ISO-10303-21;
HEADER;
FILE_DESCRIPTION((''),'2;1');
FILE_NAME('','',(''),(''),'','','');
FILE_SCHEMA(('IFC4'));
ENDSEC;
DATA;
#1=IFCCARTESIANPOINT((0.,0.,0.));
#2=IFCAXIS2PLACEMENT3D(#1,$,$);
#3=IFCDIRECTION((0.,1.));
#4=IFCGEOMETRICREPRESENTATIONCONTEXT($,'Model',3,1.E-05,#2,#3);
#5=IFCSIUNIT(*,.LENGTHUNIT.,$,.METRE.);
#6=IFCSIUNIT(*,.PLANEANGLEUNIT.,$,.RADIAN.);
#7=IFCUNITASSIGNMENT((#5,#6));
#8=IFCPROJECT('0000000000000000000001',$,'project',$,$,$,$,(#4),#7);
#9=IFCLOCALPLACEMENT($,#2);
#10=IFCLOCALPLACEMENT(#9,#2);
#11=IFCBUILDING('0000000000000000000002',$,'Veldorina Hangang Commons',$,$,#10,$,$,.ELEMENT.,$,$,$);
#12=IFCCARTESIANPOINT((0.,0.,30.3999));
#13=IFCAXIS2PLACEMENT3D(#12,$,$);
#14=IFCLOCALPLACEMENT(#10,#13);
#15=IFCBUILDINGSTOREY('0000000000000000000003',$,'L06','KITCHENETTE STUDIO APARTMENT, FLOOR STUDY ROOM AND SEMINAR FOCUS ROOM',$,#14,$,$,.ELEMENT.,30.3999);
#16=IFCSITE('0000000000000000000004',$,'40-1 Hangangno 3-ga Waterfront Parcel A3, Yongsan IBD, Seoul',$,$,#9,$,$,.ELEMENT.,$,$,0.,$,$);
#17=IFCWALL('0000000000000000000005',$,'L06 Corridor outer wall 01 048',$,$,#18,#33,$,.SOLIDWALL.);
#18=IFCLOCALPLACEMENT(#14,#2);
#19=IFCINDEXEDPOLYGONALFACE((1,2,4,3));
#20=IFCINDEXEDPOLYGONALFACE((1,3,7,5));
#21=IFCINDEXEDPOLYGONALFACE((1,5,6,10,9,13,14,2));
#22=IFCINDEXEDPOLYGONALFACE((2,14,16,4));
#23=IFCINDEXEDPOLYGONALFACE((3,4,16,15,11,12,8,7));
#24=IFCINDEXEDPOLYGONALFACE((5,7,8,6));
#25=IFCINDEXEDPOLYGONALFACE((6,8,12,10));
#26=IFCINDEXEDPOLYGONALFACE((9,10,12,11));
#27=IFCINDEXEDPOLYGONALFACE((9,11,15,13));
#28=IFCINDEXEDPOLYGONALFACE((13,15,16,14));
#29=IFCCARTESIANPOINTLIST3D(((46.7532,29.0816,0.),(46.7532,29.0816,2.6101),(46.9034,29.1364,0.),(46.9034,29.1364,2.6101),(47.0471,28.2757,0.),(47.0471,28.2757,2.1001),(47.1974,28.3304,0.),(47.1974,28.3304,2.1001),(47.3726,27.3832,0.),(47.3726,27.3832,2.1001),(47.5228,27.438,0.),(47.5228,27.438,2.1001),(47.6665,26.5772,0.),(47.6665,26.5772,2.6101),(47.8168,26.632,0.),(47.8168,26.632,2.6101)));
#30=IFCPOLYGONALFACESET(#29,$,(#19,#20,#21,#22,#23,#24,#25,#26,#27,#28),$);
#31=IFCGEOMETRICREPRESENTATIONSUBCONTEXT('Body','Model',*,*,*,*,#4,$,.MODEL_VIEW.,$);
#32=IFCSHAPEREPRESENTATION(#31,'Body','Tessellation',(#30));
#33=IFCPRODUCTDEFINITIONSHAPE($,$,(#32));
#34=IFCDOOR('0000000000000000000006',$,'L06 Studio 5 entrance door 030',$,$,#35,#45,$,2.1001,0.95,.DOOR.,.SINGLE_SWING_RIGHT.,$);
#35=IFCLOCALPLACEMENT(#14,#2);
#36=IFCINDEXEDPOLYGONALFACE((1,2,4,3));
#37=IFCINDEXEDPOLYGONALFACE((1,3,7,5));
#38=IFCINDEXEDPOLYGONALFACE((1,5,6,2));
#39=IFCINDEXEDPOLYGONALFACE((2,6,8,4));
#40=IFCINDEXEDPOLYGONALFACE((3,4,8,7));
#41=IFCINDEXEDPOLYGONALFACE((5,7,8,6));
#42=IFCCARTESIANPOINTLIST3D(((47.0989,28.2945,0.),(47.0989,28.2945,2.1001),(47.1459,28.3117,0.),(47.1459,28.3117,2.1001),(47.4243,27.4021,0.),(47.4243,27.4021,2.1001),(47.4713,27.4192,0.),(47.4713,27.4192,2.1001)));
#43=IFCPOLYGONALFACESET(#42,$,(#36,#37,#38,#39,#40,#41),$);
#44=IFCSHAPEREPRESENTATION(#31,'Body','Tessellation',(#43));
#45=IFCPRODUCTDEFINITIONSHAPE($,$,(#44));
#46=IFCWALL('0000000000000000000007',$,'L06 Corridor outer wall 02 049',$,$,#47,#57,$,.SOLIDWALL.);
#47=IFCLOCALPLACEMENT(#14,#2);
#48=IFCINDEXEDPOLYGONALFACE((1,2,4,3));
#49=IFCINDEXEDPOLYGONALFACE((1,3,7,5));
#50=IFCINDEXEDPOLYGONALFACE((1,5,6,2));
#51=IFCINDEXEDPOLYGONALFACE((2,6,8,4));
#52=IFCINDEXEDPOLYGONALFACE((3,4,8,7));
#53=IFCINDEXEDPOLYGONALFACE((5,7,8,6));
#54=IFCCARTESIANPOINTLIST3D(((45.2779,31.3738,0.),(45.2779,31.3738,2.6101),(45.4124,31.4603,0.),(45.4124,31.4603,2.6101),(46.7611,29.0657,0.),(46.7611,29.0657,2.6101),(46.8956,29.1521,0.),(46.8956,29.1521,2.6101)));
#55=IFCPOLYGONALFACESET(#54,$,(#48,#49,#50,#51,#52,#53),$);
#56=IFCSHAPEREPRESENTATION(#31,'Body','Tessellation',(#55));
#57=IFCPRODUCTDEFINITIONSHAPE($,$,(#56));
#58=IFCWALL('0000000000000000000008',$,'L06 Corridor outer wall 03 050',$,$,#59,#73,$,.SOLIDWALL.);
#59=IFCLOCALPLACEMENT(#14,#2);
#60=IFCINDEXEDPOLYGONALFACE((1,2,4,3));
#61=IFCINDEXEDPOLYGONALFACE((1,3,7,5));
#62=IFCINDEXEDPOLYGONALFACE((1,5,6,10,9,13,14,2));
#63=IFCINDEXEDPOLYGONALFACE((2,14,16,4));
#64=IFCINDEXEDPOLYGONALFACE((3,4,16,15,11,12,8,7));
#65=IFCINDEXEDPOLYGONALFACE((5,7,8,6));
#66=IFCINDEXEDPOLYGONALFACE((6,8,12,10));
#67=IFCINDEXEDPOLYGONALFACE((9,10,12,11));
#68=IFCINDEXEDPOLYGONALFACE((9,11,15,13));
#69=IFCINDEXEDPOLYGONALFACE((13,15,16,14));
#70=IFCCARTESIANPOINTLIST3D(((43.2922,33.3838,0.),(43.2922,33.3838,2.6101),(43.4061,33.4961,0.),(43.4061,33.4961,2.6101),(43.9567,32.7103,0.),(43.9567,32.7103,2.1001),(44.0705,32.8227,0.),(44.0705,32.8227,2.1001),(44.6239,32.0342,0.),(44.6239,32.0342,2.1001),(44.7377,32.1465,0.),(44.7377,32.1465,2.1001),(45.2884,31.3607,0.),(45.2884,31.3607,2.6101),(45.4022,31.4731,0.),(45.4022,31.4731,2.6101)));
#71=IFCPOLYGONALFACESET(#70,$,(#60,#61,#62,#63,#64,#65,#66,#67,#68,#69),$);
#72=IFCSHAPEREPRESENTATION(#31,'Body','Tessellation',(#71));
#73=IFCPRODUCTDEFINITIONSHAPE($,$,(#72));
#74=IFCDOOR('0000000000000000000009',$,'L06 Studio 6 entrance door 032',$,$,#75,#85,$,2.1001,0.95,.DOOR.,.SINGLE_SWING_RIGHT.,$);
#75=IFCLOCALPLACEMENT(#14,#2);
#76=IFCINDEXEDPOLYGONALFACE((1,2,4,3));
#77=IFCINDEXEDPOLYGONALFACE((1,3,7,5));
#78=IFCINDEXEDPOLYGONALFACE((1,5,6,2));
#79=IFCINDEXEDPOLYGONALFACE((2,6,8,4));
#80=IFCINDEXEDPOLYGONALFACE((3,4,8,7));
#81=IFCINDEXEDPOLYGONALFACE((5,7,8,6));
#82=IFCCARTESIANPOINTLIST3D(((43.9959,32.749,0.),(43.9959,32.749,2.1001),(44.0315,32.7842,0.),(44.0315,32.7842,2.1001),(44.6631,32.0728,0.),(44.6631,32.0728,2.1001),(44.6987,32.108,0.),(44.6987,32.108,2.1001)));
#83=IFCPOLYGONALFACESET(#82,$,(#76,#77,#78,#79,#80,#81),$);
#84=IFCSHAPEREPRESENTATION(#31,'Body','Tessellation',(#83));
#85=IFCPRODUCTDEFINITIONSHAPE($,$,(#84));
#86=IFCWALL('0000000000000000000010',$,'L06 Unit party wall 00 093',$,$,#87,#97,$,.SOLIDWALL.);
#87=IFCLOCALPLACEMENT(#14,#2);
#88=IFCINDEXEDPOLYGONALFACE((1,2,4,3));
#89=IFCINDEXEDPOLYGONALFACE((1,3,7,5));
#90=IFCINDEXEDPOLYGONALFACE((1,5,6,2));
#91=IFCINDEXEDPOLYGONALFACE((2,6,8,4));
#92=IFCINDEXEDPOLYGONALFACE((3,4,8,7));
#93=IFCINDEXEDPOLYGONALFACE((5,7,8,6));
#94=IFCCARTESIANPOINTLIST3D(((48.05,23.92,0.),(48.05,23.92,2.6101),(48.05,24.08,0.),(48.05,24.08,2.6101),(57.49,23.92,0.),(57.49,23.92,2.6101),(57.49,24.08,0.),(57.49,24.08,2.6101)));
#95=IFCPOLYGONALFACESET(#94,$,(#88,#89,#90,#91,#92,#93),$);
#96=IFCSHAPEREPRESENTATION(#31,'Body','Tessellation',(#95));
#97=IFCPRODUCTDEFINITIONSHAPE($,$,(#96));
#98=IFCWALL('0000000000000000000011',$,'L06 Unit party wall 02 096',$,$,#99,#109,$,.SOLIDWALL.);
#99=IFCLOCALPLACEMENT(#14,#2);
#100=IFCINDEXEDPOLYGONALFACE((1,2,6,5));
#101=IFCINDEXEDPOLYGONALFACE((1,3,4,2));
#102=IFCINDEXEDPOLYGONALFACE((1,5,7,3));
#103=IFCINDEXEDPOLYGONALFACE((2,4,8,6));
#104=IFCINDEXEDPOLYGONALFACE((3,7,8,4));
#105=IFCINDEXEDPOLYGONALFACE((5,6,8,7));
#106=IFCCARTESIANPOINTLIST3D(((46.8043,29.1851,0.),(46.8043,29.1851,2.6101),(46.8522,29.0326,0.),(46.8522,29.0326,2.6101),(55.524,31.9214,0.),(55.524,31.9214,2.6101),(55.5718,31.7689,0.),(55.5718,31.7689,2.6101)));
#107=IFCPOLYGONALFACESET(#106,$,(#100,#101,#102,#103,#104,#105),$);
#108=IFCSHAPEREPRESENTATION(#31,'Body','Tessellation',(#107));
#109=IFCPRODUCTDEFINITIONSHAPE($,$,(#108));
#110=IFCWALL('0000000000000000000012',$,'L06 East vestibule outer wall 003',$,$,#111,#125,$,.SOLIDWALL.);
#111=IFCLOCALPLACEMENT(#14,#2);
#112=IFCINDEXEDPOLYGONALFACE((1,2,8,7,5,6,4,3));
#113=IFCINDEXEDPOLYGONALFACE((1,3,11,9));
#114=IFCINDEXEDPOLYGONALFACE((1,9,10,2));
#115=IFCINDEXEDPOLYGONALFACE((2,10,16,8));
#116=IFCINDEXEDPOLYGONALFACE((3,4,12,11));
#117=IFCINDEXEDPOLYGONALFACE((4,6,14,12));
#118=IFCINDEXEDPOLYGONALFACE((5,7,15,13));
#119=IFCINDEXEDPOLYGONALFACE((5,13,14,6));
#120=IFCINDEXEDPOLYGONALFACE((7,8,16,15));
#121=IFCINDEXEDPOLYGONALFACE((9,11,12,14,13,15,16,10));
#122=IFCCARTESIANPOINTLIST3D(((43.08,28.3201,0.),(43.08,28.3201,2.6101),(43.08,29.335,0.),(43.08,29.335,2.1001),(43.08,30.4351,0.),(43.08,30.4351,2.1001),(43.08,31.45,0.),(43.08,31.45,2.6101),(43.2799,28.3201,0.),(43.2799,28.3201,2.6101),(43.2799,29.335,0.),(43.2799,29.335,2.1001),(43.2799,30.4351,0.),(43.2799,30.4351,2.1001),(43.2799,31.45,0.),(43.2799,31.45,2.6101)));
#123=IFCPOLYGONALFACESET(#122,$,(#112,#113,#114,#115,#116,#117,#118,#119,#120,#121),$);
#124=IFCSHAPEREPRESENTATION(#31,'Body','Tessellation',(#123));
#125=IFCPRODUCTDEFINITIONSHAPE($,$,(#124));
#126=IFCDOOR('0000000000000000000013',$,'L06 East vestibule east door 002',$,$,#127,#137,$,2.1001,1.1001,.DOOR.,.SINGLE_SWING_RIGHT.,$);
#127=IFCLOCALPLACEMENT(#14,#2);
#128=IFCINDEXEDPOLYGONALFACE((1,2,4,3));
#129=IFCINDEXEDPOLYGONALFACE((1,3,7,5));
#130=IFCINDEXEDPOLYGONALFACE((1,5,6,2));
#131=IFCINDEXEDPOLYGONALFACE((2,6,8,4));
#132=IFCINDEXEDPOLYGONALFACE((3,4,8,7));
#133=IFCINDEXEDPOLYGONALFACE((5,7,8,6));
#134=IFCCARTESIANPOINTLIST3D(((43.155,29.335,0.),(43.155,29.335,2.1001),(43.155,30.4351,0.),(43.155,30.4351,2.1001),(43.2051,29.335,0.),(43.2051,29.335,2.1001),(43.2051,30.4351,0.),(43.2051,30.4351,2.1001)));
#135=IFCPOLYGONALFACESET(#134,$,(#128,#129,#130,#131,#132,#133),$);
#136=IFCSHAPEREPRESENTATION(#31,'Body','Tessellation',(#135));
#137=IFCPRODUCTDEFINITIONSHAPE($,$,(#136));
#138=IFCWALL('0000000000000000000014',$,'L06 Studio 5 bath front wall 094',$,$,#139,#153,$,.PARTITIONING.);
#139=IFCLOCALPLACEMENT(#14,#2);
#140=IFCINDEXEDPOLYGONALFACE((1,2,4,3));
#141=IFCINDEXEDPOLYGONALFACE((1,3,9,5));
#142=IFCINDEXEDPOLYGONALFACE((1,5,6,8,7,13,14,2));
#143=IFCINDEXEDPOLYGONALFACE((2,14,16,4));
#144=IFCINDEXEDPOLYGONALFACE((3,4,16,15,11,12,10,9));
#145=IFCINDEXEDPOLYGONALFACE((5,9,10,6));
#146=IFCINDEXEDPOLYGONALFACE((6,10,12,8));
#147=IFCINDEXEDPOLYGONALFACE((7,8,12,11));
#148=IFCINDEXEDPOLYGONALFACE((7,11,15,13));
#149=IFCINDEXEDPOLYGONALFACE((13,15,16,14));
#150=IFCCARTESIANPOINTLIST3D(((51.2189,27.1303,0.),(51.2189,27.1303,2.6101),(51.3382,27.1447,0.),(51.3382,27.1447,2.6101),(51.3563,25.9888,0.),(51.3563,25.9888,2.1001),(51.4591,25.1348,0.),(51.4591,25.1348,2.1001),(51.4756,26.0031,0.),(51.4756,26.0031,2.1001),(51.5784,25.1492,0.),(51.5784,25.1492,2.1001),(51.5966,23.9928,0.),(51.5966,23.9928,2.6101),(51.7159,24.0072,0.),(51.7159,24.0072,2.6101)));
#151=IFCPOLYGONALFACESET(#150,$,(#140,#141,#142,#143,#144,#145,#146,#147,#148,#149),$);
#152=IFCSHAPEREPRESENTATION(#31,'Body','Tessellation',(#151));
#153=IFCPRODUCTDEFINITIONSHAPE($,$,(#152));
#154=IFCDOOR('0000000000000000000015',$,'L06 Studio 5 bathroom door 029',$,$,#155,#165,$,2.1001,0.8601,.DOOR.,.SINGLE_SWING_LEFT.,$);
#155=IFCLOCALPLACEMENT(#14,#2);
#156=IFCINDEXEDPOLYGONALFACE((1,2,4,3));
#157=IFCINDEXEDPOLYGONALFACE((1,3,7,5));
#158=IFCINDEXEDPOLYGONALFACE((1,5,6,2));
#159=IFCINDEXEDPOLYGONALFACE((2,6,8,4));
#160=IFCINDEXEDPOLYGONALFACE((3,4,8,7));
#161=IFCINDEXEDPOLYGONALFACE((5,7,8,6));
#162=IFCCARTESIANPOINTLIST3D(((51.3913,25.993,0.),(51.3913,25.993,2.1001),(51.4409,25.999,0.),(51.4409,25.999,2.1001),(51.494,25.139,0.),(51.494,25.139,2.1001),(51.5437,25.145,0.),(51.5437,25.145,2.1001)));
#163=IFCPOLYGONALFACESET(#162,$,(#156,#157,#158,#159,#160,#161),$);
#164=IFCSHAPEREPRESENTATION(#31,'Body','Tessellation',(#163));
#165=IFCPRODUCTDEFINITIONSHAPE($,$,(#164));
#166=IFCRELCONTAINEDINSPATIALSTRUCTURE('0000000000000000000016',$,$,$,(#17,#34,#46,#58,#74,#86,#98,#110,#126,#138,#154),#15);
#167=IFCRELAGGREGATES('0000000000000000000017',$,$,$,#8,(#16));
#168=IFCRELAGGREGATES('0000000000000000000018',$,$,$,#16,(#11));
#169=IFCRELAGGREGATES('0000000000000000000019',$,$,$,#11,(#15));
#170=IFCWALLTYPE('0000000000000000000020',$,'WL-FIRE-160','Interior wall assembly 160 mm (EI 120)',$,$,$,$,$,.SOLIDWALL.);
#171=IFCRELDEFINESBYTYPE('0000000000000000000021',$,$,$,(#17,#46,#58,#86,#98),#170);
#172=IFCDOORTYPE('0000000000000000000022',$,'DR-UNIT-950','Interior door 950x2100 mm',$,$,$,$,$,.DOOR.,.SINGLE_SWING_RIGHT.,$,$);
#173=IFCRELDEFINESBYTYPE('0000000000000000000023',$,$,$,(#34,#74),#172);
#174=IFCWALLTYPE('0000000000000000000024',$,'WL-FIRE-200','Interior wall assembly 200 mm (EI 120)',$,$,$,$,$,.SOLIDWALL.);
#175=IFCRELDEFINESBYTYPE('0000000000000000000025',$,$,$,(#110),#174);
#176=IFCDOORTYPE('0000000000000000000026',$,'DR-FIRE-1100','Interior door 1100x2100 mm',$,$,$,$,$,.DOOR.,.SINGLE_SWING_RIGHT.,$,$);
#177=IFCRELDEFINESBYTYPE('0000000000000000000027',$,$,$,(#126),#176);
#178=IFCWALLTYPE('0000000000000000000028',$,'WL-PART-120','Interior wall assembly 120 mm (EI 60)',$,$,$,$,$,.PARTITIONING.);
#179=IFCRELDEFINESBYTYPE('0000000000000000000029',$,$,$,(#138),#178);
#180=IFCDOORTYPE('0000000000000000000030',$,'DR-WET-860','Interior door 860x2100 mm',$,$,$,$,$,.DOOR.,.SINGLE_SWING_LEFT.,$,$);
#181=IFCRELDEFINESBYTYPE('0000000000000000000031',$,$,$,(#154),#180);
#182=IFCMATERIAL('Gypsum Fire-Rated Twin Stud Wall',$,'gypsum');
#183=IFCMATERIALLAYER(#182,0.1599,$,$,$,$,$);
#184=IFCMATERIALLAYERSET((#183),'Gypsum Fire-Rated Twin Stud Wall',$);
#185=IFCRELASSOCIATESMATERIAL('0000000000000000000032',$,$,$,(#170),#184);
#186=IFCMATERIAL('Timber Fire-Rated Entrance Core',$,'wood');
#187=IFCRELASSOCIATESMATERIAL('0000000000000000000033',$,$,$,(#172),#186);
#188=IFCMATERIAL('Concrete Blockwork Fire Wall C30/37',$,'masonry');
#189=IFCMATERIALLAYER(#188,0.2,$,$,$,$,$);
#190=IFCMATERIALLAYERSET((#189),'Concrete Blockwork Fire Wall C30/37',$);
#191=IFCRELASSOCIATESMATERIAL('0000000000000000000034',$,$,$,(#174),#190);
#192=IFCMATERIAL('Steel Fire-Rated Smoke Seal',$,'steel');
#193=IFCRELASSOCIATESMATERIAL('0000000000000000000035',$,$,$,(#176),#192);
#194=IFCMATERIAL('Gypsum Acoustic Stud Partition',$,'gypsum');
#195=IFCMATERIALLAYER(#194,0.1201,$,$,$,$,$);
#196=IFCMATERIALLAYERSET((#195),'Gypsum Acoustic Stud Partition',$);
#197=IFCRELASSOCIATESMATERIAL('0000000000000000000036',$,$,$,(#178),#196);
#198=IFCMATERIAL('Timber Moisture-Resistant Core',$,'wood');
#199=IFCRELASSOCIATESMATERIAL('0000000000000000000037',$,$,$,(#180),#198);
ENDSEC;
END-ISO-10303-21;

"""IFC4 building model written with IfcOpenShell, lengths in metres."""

from ifc_helpers import new_model, si_unit, direction, frame, frame_2d, origin, place, context, subcontext, project, spatial, rectangle, extrude, material, layer, layer_set, type_object, element, fill, save


model = new_model("IFC4")

# Units and contexts
model_context = context("Model", 3, precision=1e-05, world=origin(), true_north=direction((0.0, 1.0)))
body_context = subcontext(model_context, "Body", "Model", "MODEL_VIEW")
ifc_project = project(units=[si_unit("LENGTHUNIT", "METRE"), si_unit("PLANEANGLEUNIT", "RADIAN")], contexts=[model_context])

# Site, building, storey
site_placement = place(None, origin())
site = spatial("IfcSite", under=ifc_project, at=site_placement, Name="40-1 Hangangno 3-ga Waterfront Parcel A3, Yongsan IBD, Seoul", CompositionType="ELEMENT", RefElevation=0.0)
building_placement = place(site_placement, origin())
building = spatial("IfcBuilding", under=site, at=building_placement, Name="Veldorina Hangang Commons", CompositionType="ELEMENT")
storey_placement = place(building_placement, frame((0.0, 0.0, 30.3999)))
storey = spatial("IfcBuildingStorey", under=building, at=storey_placement, Name="L06", Description="KITCHENETTE STUDIO APARTMENT, FLOOR STUDY ROOM AND SEMINAR FOCUS ROOM", CompositionType="ELEMENT", Elevation=30.3999)

# Shared definitions
ifc_material_1 = material(Name="Gypsum Fire-Rated Twin Stud Wall", Category="gypsum")
ifc_layer_1 = layer(ifc_material_1, 0.1599)
ifc_layer_set_1 = layer_set([ifc_layer_1], Name="Gypsum Fire-Rated Twin Stud Wall")
wall_type_1 = type_object("IfcWallType", Name="WL-FIRE-160", Description="Interior wall assembly 160 mm (EI 120)", PredefinedType="SOLIDWALL", material=ifc_layer_set_1)

# Wall, opening, door
wall_1_placement = place(storey_placement, frame((47.7417, 26.6045, 0.0), z_axis=(0.0, 0.0, 1.0), x_axis=(-0.342618, 0.939475, 0.0)))
wall_1 = element("IfcWall", 1, at=wall_1_placement, inside=storey, type_object=wall_type_1, Name="L06 Corridor outer wall 01 048", PredefinedType="SOLIDWALL", context=body_context, shape_type="SweptSolid", body=[
    extrude(rectangle(XDim=2.6658, YDim=0.1599, at=frame_2d((1.333, 0.0))), origin(), (0.0, 0.0, 1.0), 2.6101),
])
opening_1_placement = place(wall_1_placement, frame((0.8579, 0.0, 0.0)))
opening_1 = element("IfcOpeningElement", 2, at=opening_1_placement, cuts=wall_1, PredefinedType="OPENING", context=body_context, shape_type="SweptSolid", body=[
    extrude(rectangle(XDim=0.95, YDim=2.1001, at=frame_2d((0.4751, 1.05))), frame((0.0, 0.0898, 0.0), z_axis=(0.0, -1.0, 0.0), x_axis=(1.0, 0.0, 0.0)), (0.0, 0.0, 1.0), 0.1799),
])
ifc_material_2 = material(Name="Timber Fire-Rated Entrance Core", Category="wood")
door_type_1 = type_object("IfcDoorType", Name="DR-UNIT-950", Description="Interior door 950x2100 mm", OperationType="SINGLE_SWING_RIGHT", PredefinedType="DOOR", material=ifc_material_2)
door_1_placement = place(opening_1_placement, origin())
door_1 = element("IfcDoor", 3, at=door_1_placement, inside=storey, type_object=door_type_1, Name="L06 Studio 5 entrance door 030", OperationType="SINGLE_SWING_RIGHT", OverallHeight=2.1001, OverallWidth=0.95, PredefinedType="DOOR", context=body_context, shape_type="SweptSolid", body=[
    extrude(rectangle(XDim=0.95, YDim=2.1001, at=frame_2d((0.4751, 1.05))), frame((0.0, 0.0249, 0.0), z_axis=(0.0, -1.0, 0.0), x_axis=(1.0, 0.0, 0.0)), (0.0, 0.0, 1.0), 0.05),
])
fill(opening_1, door_1)

# Wall
wall_2_placement = place(storey_placement, frame((46.8284, 29.1089, 0.0), z_axis=(0.0, 0.0, 1.0), x_axis=(-0.540596, 0.841283, 0.0)))
element("IfcWall", 4, at=wall_2_placement, inside=storey, type_object=wall_type_1, Name="L06 Corridor outer wall 02 049", PredefinedType="SOLIDWALL", context=body_context, shape_type="SweptSolid", body=[
    extrude(rectangle(XDim=2.7437, YDim=0.1599, at=frame_2d((1.3718, 0.0))), origin(), (0.0, 0.0, 1.0), 2.6101),
])

# Wall, opening, door
wall_3_placement = place(storey_placement, frame((45.3452, 31.417, 0.0), z_axis=(0.0, 0.0, 1.0), x_axis=(-0.702366, 0.711816, 0.0)))
wall_3 = element("IfcWall", 5, at=wall_3_placement, inside=storey, type_object=wall_type_1, Name="L06 Corridor outer wall 03 050", PredefinedType="SOLIDWALL", context=body_context, shape_type="SweptSolid", body=[
    extrude(rectangle(XDim=2.842, YDim=0.1599, at=frame_2d((1.4209, 0.0))), origin(), (0.0, 0.0, 1.0), 2.6101),
])
opening_2_placement = place(wall_3_placement, frame((0.9458, 0.0, 0.0)))
opening_2 = element("IfcOpeningElement", 6, at=opening_2_placement, cuts=wall_3, PredefinedType="OPENING", context=body_context, shape_type="SweptSolid", body=[
    extrude(rectangle(XDim=0.95, YDim=2.1001, at=frame_2d((0.4751, 1.05))), frame((0.0, 0.0898, 0.0), z_axis=(0.0, -1.0, 0.0), x_axis=(1.0, 0.0, 0.0)), (0.0, 0.0, 1.0), 0.1799),
])
door_2_placement = place(opening_2_placement, origin())
door_2 = element("IfcDoor", 7, at=door_2_placement, inside=storey, type_object=door_type_1, Name="L06 Studio 6 entrance door 032", OperationType="SINGLE_SWING_RIGHT", OverallHeight=2.1001, OverallWidth=0.95, PredefinedType="DOOR", context=body_context, shape_type="SweptSolid", body=[
    extrude(rectangle(XDim=0.95, YDim=2.1001, at=frame_2d((0.4751, 1.05))), frame((0.0, 0.0249, 0.0), z_axis=(0.0, -1.0, 0.0), x_axis=(1.0, 0.0, 0.0)), (0.0, 0.0, 1.0), 0.05),
])
fill(opening_2, door_2)

# Walls
wall_4_placement = place(storey_placement, frame((48.05, 24.0, 0.0), z_axis=(0.0, 0.0, 1.0), x_axis=(1.0, 0.0, 0.0)))
element("IfcWall", 8, at=wall_4_placement, inside=storey, type_object=wall_type_1, Name="L06 Unit party wall 00 093", PredefinedType="SOLIDWALL", context=body_context, shape_type="SweptSolid", body=[
    extrude(rectangle(XDim=9.4399, YDim=0.1599, at=frame_2d((4.72, 0.0))), origin(), (0.0, 0.0, 1.0), 2.6101),
])
wall_5_placement = place(storey_placement, frame((46.8284, 29.1089, 0.0), z_axis=(0.0, 0.0, 1.0), x_axis=(0.954124, 0.299413, 0.0)))
element("IfcWall", 9, at=wall_5_placement, inside=storey, type_object=wall_type_1, Name="L06 Unit party wall 02 096", PredefinedType="SOLIDWALL", context=body_context, shape_type="SweptSolid", body=[
    extrude(rectangle(XDim=9.1389, YDim=0.1599, at=frame_2d((4.5693, 0.0))), origin(), (0.0, 0.0, 1.0), 2.6101),
])

# Walls, openings, doors
ifc_material_3 = material(Name="Concrete Blockwork Fire Wall C30/37", Category="masonry")
ifc_layer_2 = layer(ifc_material_3, 0.2)
ifc_layer_set_2 = layer_set([ifc_layer_2], Name="Concrete Blockwork Fire Wall C30/37")
wall_type_2 = type_object("IfcWallType", Name="WL-FIRE-200", Description="Interior wall assembly 200 mm (EI 120)", PredefinedType="SOLIDWALL", material=ifc_layer_set_2)
wall_6_placement = place(storey_placement, frame((43.1799, 28.3201, 0.0), z_axis=(0.0, 0.0, 1.0), x_axis=(0.0, 1.0, 0.0)))
wall_6 = element("IfcWall", 10, at=wall_6_placement, inside=storey, type_object=wall_type_2, Name="L06 East vestibule outer wall 003", PredefinedType="SOLIDWALL", context=body_context, shape_type="SweptSolid", body=[
    extrude(rectangle(XDim=3.1299, YDim=0.2, at=frame_2d((1.5649, 0.0))), origin(), (0.0, 0.0, 1.0), 2.6101),
])
opening_3_placement = place(wall_6_placement, frame((1.0149, 0.0, 0.0)))
opening_3 = element("IfcOpeningElement", 11, at=opening_3_placement, cuts=wall_6, PredefinedType="OPENING", context=body_context, shape_type="SweptSolid", body=[
    extrude(rectangle(XDim=1.1001, YDim=2.1001, at=frame_2d((0.55, 1.05))), frame((0.0, 0.1099, 0.0), z_axis=(0.0, -1.0, 0.0), x_axis=(1.0, 0.0, 0.0)), (0.0, 0.0, 1.0), 0.22),
])
ifc_material_4 = material(Name="Steel Fire-Rated Smoke Seal", Category="steel")
door_type_2 = type_object("IfcDoorType", Name="DR-FIRE-1100", Description="Interior door 1100x2100 mm", OperationType="SINGLE_SWING_RIGHT", PredefinedType="DOOR", material=ifc_material_4)
door_3_placement = place(opening_3_placement, origin())
door_3 = element("IfcDoor", 12, at=door_3_placement, inside=storey, type_object=door_type_2, Name="L06 East vestibule east door 002", OperationType="SINGLE_SWING_RIGHT", OverallHeight=2.1001, OverallWidth=1.1001, PredefinedType="DOOR", context=body_context, shape_type="SweptSolid", body=[
    extrude(rectangle(XDim=1.1001, YDim=2.1001, at=frame_2d((0.55, 1.05))), frame((0.0, 0.0249, 0.0), z_axis=(0.0, -1.0, 0.0), x_axis=(1.0, 0.0, 0.0)), (0.0, 0.0, 1.0), 0.05),
])
fill(opening_3, door_3)
ifc_material_5 = material(Name="Gypsum Acoustic Stud Partition", Category="gypsum")
ifc_layer_3 = layer(ifc_material_5, 0.1201)
ifc_layer_set_3 = layer_set([ifc_layer_3], Name="Gypsum Acoustic Stud Partition")
wall_type_3 = type_object("IfcWallType", Name="WL-PART-120", Description="Interior wall assembly 120 mm (EI 60)", PredefinedType="PARTITIONING", material=ifc_layer_set_3)
wall_7_placement = place(storey_placement, frame((51.6562, 24.0, 0.0), z_axis=(0.0, 0.0, 1.0), x_axis=(-0.119517, 0.992832, 0.0)))
wall_7 = element("IfcWall", 13, at=wall_7_placement, inside=storey, type_object=wall_type_3, Name="L06 Studio 5 bath front wall 094", PredefinedType="PARTITIONING", context=body_context, shape_type="SweptSolid", body=[
    extrude(rectangle(XDim=3.1602, YDim=0.1201, at=frame_2d((1.5801, 0.0))), origin(), (0.0, 0.0, 1.0), 2.6101),
])
opening_4_placement = place(wall_7_placement, frame((1.1501, 0.0, 0.0)))
opening_4 = element("IfcOpeningElement", 14, at=opening_4_placement, cuts=wall_7, PredefinedType="OPENING", context=body_context, shape_type="SweptSolid", body=[
    extrude(rectangle(XDim=0.8601, YDim=2.1001, at=frame_2d((0.4302, 1.05))), frame((0.0, 0.0701, 0.0), z_axis=(0.0, -1.0, 0.0), x_axis=(1.0, 0.0, 0.0)), (0.0, 0.0, 1.0), 0.1401),
])
ifc_material_6 = material(Name="Timber Moisture-Resistant Core", Category="wood")
door_type_3 = type_object("IfcDoorType", Name="DR-WET-860", Description="Interior door 860x2100 mm", OperationType="SINGLE_SWING_LEFT", PredefinedType="DOOR", material=ifc_material_6)
door_4_placement = place(opening_4_placement, origin())
door_4 = element("IfcDoor", 15, at=door_4_placement, inside=storey, type_object=door_type_3, Name="L06 Studio 5 bathroom door 029", OperationType="SINGLE_SWING_LEFT", OverallHeight=2.1001, OverallWidth=0.8601, PredefinedType="DOOR", context=body_context, shape_type="SweptSolid", body=[
    extrude(rectangle(XDim=0.8601, YDim=2.1001, at=frame_2d((0.4302, 1.05))), frame((0.0, 0.0249, 0.0), z_axis=(0.0, -1.0, 0.0), x_axis=(1.0, 0.0, 0.0)), (0.0, 0.0, 1.0), 0.05),
])
fill(opening_4, door_4)

save(model, "model.ifc")
